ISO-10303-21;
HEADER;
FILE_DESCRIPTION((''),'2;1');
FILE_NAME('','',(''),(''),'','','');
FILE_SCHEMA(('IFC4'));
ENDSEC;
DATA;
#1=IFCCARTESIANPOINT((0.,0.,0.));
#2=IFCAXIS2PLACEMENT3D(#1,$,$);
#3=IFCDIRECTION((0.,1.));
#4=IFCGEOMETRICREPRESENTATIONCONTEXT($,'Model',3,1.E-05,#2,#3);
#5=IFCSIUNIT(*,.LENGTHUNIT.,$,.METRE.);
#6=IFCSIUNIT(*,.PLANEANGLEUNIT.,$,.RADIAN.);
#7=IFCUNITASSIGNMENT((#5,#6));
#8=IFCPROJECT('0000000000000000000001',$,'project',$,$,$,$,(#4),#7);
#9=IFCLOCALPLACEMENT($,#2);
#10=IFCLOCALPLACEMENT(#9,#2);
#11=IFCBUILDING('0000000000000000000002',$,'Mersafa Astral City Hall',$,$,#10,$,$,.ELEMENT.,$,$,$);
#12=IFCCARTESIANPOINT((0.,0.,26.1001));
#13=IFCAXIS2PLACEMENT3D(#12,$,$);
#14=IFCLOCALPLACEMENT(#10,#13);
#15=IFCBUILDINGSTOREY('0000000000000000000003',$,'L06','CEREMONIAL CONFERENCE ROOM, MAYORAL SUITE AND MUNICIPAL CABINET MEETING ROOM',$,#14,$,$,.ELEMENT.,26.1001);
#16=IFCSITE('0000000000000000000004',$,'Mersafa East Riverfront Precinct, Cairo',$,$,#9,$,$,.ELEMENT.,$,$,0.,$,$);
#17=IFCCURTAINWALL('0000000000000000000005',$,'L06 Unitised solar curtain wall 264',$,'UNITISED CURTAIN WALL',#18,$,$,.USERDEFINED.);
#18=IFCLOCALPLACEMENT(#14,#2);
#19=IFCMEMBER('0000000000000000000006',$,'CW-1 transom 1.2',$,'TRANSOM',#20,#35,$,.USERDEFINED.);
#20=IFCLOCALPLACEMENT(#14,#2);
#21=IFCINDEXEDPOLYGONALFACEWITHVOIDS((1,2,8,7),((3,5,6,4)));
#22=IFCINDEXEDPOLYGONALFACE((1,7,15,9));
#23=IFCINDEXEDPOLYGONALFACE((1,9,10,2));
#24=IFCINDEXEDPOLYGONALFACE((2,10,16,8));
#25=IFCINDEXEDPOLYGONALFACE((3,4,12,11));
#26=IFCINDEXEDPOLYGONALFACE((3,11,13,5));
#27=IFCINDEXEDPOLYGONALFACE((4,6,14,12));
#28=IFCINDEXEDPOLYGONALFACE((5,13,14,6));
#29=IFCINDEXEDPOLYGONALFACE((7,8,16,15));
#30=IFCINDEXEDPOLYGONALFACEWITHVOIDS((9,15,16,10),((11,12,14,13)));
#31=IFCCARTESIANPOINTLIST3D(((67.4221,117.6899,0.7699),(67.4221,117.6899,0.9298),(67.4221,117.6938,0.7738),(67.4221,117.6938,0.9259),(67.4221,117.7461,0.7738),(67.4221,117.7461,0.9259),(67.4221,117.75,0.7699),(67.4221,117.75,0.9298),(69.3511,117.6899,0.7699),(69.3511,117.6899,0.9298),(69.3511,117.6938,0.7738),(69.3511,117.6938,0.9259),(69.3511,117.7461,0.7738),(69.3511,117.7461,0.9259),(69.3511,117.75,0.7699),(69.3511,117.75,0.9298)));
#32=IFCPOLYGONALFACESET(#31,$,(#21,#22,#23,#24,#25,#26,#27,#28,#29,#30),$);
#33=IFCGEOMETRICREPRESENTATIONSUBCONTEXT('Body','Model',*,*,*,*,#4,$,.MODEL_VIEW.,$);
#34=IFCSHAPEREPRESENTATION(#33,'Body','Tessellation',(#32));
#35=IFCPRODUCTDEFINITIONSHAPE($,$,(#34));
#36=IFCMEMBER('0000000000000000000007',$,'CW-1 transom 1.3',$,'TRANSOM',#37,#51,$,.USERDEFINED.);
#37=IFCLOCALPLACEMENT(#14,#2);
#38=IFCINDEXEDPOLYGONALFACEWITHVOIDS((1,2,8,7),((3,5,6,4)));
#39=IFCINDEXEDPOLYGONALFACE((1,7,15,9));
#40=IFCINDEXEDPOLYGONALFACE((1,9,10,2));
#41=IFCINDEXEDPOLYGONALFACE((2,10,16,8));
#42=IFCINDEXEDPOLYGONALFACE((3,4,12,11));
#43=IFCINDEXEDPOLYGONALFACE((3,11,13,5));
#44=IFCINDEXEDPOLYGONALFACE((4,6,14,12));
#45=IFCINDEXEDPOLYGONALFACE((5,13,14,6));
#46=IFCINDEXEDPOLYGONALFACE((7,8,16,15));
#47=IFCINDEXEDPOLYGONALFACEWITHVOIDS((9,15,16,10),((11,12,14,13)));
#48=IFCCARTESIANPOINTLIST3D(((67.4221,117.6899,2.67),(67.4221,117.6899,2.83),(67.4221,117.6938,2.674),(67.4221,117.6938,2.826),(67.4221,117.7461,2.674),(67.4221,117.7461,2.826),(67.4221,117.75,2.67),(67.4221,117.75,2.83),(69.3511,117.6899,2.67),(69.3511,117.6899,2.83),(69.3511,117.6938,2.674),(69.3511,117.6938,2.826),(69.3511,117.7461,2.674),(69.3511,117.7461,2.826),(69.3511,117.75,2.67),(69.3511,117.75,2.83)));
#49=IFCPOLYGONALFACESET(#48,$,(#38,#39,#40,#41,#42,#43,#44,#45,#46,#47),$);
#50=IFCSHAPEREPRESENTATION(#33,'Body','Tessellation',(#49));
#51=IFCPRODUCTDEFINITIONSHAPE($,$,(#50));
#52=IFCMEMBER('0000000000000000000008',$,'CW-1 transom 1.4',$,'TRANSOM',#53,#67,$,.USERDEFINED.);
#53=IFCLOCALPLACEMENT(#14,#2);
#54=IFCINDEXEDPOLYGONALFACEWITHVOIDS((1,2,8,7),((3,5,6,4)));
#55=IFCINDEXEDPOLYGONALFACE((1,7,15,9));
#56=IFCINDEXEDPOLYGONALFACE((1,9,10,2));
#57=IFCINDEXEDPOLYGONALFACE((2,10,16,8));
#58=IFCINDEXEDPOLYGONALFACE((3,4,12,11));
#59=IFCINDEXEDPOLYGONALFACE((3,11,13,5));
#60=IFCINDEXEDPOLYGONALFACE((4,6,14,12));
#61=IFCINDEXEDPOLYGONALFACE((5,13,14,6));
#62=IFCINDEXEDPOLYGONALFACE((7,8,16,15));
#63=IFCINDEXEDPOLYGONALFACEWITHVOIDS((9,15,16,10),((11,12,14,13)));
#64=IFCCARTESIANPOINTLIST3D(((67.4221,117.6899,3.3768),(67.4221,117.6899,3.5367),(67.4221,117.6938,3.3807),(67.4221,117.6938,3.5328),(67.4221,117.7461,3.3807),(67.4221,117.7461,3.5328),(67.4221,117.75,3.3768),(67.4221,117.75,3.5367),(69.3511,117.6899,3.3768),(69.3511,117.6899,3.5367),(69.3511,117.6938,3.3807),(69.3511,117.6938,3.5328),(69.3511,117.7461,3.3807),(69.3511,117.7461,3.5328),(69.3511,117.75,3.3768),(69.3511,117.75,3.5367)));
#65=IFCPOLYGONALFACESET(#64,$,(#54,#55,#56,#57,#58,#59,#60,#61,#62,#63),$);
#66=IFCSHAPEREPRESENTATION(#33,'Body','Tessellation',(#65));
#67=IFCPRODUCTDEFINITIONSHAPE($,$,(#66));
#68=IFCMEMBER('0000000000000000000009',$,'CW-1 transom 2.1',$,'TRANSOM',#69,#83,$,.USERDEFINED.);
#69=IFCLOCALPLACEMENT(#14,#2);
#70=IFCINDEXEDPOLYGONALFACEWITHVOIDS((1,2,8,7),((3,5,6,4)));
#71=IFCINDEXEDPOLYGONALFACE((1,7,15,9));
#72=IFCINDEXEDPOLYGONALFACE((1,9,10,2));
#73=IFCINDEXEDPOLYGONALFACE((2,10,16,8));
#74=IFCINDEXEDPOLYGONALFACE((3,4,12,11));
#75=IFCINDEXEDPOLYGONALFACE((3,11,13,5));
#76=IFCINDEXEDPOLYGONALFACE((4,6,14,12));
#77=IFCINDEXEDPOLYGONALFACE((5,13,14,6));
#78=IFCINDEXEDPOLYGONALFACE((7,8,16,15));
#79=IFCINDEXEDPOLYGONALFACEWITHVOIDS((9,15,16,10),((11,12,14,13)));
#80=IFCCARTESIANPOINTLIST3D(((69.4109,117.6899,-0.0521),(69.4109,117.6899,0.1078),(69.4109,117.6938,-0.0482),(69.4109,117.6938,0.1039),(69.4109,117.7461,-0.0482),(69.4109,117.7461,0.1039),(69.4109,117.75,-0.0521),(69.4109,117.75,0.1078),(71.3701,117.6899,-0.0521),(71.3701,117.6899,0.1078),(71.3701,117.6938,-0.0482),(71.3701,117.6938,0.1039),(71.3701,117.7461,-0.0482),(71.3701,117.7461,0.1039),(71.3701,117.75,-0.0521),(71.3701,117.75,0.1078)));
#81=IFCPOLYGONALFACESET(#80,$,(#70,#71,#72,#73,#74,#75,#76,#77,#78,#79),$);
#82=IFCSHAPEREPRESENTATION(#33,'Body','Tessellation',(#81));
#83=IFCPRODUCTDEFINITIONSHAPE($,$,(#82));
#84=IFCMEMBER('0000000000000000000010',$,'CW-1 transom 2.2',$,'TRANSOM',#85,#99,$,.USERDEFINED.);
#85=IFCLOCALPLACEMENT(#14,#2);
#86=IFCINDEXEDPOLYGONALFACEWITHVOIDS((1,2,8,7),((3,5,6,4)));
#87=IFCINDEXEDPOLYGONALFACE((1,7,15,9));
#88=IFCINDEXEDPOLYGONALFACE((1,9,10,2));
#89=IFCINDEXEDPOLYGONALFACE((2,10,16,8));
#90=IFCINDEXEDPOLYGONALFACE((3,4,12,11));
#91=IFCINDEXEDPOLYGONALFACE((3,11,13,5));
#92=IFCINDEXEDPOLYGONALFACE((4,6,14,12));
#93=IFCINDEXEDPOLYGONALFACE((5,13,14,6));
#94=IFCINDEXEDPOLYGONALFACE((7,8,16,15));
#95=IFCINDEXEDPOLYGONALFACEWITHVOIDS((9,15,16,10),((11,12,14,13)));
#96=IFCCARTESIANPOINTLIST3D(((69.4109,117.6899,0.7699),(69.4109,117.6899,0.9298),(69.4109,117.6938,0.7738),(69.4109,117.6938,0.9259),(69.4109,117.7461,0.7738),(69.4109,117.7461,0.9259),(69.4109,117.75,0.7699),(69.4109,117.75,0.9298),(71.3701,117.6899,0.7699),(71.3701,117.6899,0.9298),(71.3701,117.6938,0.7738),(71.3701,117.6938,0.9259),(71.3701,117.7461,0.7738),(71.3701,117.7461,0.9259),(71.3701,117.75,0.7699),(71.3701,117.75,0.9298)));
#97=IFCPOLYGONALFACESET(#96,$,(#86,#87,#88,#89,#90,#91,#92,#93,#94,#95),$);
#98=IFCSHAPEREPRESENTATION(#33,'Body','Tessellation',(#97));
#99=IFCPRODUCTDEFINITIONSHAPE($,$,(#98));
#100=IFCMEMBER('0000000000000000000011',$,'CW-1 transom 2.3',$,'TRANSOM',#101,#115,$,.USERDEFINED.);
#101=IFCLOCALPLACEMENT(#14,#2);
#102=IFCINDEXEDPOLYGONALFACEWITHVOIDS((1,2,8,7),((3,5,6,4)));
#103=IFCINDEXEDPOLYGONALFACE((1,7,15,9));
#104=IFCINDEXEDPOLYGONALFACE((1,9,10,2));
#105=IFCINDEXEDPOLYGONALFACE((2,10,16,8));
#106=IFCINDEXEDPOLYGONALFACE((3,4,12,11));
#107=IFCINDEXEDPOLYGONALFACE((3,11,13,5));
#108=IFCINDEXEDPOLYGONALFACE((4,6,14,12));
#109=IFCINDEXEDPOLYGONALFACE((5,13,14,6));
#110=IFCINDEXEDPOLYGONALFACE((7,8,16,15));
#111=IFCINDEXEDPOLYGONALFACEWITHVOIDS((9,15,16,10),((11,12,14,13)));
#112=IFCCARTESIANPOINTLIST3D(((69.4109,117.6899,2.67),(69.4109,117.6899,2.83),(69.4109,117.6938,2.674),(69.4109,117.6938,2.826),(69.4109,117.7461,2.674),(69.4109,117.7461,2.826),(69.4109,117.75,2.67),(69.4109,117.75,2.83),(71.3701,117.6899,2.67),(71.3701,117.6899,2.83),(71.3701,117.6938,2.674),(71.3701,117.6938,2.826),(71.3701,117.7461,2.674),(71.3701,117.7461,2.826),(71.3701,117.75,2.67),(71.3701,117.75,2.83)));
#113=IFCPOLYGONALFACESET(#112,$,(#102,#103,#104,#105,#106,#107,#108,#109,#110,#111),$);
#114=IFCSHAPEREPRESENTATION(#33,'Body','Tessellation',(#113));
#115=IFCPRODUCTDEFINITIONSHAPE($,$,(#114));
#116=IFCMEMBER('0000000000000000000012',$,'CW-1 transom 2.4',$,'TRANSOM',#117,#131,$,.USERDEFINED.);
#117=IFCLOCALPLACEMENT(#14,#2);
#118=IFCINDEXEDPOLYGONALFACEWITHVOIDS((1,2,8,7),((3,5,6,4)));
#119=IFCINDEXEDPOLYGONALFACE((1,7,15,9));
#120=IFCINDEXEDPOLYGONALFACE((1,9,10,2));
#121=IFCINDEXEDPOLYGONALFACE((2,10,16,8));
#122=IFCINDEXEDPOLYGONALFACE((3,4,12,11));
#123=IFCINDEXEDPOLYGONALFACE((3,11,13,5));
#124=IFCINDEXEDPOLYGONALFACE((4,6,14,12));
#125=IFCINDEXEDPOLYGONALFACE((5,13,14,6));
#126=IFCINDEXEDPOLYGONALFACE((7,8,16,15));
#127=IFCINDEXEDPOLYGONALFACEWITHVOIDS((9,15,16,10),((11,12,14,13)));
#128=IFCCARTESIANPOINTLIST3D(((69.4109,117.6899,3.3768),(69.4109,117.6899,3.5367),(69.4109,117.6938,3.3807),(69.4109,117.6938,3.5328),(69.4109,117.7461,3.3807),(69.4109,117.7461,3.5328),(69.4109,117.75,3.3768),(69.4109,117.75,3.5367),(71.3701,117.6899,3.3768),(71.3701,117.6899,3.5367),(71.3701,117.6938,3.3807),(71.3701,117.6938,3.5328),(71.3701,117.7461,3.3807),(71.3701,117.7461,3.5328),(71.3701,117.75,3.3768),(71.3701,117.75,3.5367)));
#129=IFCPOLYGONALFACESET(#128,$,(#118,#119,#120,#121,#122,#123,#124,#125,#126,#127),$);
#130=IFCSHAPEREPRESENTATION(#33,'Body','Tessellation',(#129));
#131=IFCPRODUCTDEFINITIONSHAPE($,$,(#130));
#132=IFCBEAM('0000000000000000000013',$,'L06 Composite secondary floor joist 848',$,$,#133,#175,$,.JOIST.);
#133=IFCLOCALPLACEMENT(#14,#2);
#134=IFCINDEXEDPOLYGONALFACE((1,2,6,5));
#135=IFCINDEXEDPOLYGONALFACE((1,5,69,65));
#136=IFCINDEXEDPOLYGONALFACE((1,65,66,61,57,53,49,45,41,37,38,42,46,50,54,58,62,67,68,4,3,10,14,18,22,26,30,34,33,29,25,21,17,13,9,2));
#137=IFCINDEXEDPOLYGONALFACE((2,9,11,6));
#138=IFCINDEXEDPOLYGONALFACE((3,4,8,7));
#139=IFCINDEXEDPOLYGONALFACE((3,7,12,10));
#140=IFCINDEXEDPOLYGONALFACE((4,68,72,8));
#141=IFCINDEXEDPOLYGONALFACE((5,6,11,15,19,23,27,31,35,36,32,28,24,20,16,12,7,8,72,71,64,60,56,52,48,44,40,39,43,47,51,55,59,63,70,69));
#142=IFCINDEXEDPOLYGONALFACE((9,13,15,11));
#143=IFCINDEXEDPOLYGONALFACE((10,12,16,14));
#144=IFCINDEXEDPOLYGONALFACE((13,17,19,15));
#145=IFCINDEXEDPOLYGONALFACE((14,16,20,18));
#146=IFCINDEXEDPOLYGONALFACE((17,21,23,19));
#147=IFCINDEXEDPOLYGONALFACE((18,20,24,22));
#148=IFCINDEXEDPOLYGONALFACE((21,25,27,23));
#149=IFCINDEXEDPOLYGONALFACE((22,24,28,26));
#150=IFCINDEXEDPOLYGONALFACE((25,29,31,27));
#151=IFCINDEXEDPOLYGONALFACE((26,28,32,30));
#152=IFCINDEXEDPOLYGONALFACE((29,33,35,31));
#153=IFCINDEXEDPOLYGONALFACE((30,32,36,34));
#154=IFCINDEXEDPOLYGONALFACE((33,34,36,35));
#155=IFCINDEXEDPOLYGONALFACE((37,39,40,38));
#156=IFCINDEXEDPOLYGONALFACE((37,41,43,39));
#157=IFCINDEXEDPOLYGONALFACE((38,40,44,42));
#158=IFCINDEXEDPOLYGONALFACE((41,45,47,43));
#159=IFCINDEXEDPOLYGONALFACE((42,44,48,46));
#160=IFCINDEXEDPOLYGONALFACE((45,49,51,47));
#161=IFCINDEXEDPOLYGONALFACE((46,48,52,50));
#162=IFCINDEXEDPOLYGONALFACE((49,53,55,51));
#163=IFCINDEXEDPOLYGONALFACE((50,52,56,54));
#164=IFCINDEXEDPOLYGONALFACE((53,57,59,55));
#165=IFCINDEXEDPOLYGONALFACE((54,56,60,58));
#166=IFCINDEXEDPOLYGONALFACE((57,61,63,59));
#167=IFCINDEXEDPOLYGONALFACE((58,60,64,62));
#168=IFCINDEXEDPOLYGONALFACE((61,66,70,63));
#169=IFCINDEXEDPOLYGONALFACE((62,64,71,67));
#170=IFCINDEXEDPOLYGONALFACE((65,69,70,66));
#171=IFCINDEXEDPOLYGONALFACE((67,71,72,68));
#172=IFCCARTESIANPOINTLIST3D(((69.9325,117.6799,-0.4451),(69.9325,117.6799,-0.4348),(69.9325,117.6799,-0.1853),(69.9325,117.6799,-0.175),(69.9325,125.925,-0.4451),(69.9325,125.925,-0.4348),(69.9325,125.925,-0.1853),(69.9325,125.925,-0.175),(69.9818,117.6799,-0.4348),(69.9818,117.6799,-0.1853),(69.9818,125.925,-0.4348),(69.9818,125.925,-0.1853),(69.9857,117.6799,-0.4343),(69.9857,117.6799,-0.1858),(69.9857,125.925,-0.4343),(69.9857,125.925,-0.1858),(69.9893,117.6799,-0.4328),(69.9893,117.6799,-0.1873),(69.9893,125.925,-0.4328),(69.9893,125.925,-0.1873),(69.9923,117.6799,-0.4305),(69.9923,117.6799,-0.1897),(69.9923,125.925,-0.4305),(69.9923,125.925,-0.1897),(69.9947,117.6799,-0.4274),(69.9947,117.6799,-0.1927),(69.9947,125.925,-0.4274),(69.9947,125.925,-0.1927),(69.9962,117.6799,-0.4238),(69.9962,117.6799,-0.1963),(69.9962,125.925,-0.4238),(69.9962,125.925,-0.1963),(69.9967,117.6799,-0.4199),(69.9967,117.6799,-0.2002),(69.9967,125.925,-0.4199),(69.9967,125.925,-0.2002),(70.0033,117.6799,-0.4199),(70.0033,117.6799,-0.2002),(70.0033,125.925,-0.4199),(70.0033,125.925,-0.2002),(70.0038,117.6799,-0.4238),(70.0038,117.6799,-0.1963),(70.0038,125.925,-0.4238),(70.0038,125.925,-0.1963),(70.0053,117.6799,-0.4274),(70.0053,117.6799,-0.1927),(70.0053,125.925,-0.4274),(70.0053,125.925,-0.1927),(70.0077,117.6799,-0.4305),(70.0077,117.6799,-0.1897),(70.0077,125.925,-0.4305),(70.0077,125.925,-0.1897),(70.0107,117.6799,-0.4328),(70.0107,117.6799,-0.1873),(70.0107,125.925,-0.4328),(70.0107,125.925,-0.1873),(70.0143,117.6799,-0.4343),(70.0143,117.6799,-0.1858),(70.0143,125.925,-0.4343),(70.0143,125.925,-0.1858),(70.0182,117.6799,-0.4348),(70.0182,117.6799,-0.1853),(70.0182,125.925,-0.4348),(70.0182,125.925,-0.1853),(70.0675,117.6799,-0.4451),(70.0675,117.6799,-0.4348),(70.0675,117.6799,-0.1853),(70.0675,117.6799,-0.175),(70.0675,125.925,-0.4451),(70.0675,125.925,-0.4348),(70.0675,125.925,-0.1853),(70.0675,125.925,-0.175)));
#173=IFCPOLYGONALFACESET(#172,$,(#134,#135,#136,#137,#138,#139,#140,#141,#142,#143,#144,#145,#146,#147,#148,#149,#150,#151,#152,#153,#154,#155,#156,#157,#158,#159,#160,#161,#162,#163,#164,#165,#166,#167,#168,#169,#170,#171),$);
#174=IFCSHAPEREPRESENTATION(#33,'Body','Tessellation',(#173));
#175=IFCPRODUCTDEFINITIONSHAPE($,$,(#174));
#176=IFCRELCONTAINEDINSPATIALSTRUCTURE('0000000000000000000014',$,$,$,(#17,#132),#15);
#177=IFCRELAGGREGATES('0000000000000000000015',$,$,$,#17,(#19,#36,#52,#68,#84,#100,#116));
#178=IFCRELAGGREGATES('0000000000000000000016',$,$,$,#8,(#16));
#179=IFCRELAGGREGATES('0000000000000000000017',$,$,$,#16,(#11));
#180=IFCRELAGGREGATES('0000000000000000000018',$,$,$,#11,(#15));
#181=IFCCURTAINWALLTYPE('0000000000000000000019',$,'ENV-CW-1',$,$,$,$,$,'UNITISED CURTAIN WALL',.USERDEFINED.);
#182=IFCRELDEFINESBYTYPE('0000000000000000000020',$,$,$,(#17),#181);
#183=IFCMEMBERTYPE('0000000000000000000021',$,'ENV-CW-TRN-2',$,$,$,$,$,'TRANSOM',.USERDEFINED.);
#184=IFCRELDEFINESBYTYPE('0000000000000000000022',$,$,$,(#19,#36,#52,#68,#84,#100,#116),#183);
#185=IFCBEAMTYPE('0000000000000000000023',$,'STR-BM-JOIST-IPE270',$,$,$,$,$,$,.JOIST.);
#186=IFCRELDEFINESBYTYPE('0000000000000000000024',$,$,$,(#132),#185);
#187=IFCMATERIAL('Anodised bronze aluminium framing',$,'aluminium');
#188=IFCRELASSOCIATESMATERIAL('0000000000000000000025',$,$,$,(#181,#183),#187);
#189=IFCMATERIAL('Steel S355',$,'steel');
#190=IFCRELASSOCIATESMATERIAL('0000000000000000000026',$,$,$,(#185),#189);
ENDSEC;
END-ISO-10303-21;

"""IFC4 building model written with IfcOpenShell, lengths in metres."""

from ifc_helpers import new_model, si_unit, direction, frame, origin, origin_2d, place, context, subcontext, project, spatial, hollow_rectangle, i_section, extrude, material, material_profile, profile_set, type_object, element, aggregate, save


model = new_model("IFC4")

# Units and contexts
model_context = context("Model", 3, precision=1e-05, world=origin(), true_north=direction((0.0, 1.0)))
body_context = subcontext(model_context, "Body", "Model", "MODEL_VIEW")
ifc_project = project(units=[si_unit("LENGTHUNIT", "METRE"), si_unit("PLANEANGLEUNIT", "RADIAN")], contexts=[model_context])

# Site, building, storey
site_placement = place(None, origin())
site = spatial("IfcSite", under=ifc_project, at=site_placement, Name="Mersafa East Riverfront Precinct, Cairo", CompositionType="ELEMENT", RefElevation=0.0)
building_placement = place(site_placement, origin())
building = spatial("IfcBuilding", under=site, at=building_placement, Name="Mersafa Astral City Hall", CompositionType="ELEMENT")
storey_placement = place(building_placement, frame((0.0, 0.0, 26.1001)))
storey = spatial("IfcBuildingStorey", under=building, at=storey_placement, Name="L06", Description="CEREMONIAL CONFERENCE ROOM, MAYORAL SUITE AND MUNICIPAL CABINET MEETING ROOM", CompositionType="ELEMENT", Elevation=26.1001)

# Shared definitions
ifc_material_1 = material(Name="Steel S355", Category="steel")

# Shared definitions
ifc_material_2 = material(Name="Anodised bronze aluminium framing", Category="aluminium")

# Curtain wall
curtain_wall_type_1 = type_object("IfcCurtainWallType", Name="ENV-CW-1", ElementType="UNITISED CURTAIN WALL", PredefinedType="USERDEFINED", material=ifc_material_2)
curtain_wall_1_placement = place(storey_placement, origin())
curtain_wall_1 = element("IfcCurtainWall", 1, at=curtain_wall_1_placement, inside=storey, type_object=curtain_wall_type_1, Name="L06 Unitised solar curtain wall 264", ObjectType="UNITISED CURTAIN WALL", PredefinedType="USERDEFINED")

# Members
ifc_material_profile_1 = material_profile(ifc_material_2, hollow_rectangle(XDim=0.0601, YDim=0.1599, WallThickness=0.0039, at=origin_2d()), Name="RHS 60x160x4")
ifc_profile_set_1 = profile_set([ifc_material_profile_1], Name="Anodised bronze aluminium framing")
member_type_1 = type_object("IfcMemberType", Name="ENV-CW-TRN-2", ElementType="TRANSOM", PredefinedType="USERDEFINED", material=ifc_profile_set_1)
member_1_placement = place(storey_placement, frame((67.4221, 117.72, 0.8499), z_axis=(1.0, 0.0, 0.0), x_axis=(0.0, 1.0, 0.0)))
member_1 = element("IfcMember", 2, at=member_1_placement, type_object=member_type_1, Name="CW-1 transom 1.2", ObjectType="TRANSOM", PredefinedType="USERDEFINED", context=body_context, shape_type="SweptSolid", body=[
    extrude(hollow_rectangle(XDim=0.0601, YDim=0.1599, WallThickness=0.0039, at=origin_2d()), origin(), (0.0, 0.0, 1.0), 1.929),
])
member_2_placement = place(storey_placement, frame((67.4221, 117.72, 2.75), z_axis=(1.0, 0.0, 0.0), x_axis=(0.0, 1.0, 0.0)))
member_2 = element("IfcMember", 3, at=member_2_placement, type_object=member_type_1, Name="CW-1 transom 1.3", ObjectType="TRANSOM", PredefinedType="USERDEFINED", context=body_context, shape_type="SweptSolid", body=[
    extrude(hollow_rectangle(XDim=0.0601, YDim=0.1599, WallThickness=0.0039, at=origin_2d()), origin(), (0.0, 0.0, 1.0), 1.929),
])
member_3_placement = place(storey_placement, frame((67.4221, 117.72, 3.4568), z_axis=(1.0, 0.0, 0.0), x_axis=(0.0, 1.0, 0.0)))
member_3 = element("IfcMember", 4, at=member_3_placement, type_object=member_type_1, Name="CW-1 transom 1.4", ObjectType="TRANSOM", PredefinedType="USERDEFINED", context=body_context, shape_type="SweptSolid", body=[
    extrude(hollow_rectangle(XDim=0.0601, YDim=0.1599, WallThickness=0.0039, at=origin_2d()), origin(), (0.0, 0.0, 1.0), 1.929),
])
member_4_placement = place(storey_placement, frame((69.4109, 117.72, 0.0278), z_axis=(1.0, 0.0, 0.0), x_axis=(0.0, 1.0, 0.0)))
member_4 = element("IfcMember", 5, at=member_4_placement, type_object=member_type_1, Name="CW-1 transom 2.1", ObjectType="TRANSOM", PredefinedType="USERDEFINED", context=body_context, shape_type="SweptSolid", body=[
    extrude(hollow_rectangle(XDim=0.0601, YDim=0.1599, WallThickness=0.0039, at=origin_2d()), origin(), (0.0, 0.0, 1.0), 1.9592),
])
member_5_placement = place(storey_placement, frame((69.4109, 117.72, 0.8499), z_axis=(1.0, 0.0, 0.0), x_axis=(0.0, 1.0, 0.0)))
member_5 = element("IfcMember", 6, at=member_5_placement, type_object=member_type_1, Name="CW-1 transom 2.2", ObjectType="TRANSOM", PredefinedType="USERDEFINED", context=body_context, shape_type="SweptSolid", body=[
    extrude(hollow_rectangle(XDim=0.0601, YDim=0.1599, WallThickness=0.0039, at=origin_2d()), origin(), (0.0, 0.0, 1.0), 1.9592),
])
member_6_placement = place(storey_placement, frame((69.4109, 117.72, 2.75), z_axis=(1.0, 0.0, 0.0), x_axis=(0.0, 1.0, 0.0)))
member_6 = element("IfcMember", 7, at=member_6_placement, type_object=member_type_1, Name="CW-1 transom 2.3", ObjectType="TRANSOM", PredefinedType="USERDEFINED", context=body_context, shape_type="SweptSolid", body=[
    extrude(hollow_rectangle(XDim=0.0601, YDim=0.1599, WallThickness=0.0039, at=origin_2d()), origin(), (0.0, 0.0, 1.0), 1.9592),
])
member_7_placement = place(storey_placement, frame((69.4109, 117.72, 3.4568), z_axis=(1.0, 0.0, 0.0), x_axis=(0.0, 1.0, 0.0)))
member_7 = element("IfcMember", 8, at=member_7_placement, type_object=member_type_1, Name="CW-1 transom 2.4", ObjectType="TRANSOM", PredefinedType="USERDEFINED", context=body_context, shape_type="SweptSolid", body=[
    extrude(hollow_rectangle(XDim=0.0601, YDim=0.1599, WallThickness=0.0039, at=origin_2d()), origin(), (0.0, 0.0, 1.0), 1.9592),
])

# Beam
ifc_material_profile_2 = material_profile(ifc_material_1, i_section(OverallWidth=0.135, OverallDepth=0.27, WebThickness=0.0066, FlangeThickness=0.0103, FilletRadius=0.0149, at=origin_2d()), Name="IPE 270")
ifc_profile_set_2 = profile_set([ifc_material_profile_2], Name="Steel S355")
beam_type_1 = type_object("IfcBeamType", Name="STR-BM-JOIST-IPE270", PredefinedType="JOIST", material=ifc_profile_set_2)
beam_1_placement = place(storey_placement, frame((70.0, 117.6799, -0.3101), z_axis=(0.0, 1.0, 0.0), x_axis=(-1.0, 0.0, 0.0)))
element("IfcBeam", 9, at=beam_1_placement, inside=storey, type_object=beam_type_1, Name="L06 Composite secondary floor joist 848", PredefinedType="JOIST", context=body_context, shape_type="SweptSolid", body=[
    extrude(i_section(OverallWidth=0.135, OverallDepth=0.27, WebThickness=0.0066, FlangeThickness=0.0103, FilletRadius=0.0149, at=origin_2d()), origin(), (0.0, 0.0, 1.0), 8.2451),
])

aggregate(curtain_wall_1, [member_1, member_2, member_3, member_4, member_5, member_6, member_7])

save(model, "model.ifc")
